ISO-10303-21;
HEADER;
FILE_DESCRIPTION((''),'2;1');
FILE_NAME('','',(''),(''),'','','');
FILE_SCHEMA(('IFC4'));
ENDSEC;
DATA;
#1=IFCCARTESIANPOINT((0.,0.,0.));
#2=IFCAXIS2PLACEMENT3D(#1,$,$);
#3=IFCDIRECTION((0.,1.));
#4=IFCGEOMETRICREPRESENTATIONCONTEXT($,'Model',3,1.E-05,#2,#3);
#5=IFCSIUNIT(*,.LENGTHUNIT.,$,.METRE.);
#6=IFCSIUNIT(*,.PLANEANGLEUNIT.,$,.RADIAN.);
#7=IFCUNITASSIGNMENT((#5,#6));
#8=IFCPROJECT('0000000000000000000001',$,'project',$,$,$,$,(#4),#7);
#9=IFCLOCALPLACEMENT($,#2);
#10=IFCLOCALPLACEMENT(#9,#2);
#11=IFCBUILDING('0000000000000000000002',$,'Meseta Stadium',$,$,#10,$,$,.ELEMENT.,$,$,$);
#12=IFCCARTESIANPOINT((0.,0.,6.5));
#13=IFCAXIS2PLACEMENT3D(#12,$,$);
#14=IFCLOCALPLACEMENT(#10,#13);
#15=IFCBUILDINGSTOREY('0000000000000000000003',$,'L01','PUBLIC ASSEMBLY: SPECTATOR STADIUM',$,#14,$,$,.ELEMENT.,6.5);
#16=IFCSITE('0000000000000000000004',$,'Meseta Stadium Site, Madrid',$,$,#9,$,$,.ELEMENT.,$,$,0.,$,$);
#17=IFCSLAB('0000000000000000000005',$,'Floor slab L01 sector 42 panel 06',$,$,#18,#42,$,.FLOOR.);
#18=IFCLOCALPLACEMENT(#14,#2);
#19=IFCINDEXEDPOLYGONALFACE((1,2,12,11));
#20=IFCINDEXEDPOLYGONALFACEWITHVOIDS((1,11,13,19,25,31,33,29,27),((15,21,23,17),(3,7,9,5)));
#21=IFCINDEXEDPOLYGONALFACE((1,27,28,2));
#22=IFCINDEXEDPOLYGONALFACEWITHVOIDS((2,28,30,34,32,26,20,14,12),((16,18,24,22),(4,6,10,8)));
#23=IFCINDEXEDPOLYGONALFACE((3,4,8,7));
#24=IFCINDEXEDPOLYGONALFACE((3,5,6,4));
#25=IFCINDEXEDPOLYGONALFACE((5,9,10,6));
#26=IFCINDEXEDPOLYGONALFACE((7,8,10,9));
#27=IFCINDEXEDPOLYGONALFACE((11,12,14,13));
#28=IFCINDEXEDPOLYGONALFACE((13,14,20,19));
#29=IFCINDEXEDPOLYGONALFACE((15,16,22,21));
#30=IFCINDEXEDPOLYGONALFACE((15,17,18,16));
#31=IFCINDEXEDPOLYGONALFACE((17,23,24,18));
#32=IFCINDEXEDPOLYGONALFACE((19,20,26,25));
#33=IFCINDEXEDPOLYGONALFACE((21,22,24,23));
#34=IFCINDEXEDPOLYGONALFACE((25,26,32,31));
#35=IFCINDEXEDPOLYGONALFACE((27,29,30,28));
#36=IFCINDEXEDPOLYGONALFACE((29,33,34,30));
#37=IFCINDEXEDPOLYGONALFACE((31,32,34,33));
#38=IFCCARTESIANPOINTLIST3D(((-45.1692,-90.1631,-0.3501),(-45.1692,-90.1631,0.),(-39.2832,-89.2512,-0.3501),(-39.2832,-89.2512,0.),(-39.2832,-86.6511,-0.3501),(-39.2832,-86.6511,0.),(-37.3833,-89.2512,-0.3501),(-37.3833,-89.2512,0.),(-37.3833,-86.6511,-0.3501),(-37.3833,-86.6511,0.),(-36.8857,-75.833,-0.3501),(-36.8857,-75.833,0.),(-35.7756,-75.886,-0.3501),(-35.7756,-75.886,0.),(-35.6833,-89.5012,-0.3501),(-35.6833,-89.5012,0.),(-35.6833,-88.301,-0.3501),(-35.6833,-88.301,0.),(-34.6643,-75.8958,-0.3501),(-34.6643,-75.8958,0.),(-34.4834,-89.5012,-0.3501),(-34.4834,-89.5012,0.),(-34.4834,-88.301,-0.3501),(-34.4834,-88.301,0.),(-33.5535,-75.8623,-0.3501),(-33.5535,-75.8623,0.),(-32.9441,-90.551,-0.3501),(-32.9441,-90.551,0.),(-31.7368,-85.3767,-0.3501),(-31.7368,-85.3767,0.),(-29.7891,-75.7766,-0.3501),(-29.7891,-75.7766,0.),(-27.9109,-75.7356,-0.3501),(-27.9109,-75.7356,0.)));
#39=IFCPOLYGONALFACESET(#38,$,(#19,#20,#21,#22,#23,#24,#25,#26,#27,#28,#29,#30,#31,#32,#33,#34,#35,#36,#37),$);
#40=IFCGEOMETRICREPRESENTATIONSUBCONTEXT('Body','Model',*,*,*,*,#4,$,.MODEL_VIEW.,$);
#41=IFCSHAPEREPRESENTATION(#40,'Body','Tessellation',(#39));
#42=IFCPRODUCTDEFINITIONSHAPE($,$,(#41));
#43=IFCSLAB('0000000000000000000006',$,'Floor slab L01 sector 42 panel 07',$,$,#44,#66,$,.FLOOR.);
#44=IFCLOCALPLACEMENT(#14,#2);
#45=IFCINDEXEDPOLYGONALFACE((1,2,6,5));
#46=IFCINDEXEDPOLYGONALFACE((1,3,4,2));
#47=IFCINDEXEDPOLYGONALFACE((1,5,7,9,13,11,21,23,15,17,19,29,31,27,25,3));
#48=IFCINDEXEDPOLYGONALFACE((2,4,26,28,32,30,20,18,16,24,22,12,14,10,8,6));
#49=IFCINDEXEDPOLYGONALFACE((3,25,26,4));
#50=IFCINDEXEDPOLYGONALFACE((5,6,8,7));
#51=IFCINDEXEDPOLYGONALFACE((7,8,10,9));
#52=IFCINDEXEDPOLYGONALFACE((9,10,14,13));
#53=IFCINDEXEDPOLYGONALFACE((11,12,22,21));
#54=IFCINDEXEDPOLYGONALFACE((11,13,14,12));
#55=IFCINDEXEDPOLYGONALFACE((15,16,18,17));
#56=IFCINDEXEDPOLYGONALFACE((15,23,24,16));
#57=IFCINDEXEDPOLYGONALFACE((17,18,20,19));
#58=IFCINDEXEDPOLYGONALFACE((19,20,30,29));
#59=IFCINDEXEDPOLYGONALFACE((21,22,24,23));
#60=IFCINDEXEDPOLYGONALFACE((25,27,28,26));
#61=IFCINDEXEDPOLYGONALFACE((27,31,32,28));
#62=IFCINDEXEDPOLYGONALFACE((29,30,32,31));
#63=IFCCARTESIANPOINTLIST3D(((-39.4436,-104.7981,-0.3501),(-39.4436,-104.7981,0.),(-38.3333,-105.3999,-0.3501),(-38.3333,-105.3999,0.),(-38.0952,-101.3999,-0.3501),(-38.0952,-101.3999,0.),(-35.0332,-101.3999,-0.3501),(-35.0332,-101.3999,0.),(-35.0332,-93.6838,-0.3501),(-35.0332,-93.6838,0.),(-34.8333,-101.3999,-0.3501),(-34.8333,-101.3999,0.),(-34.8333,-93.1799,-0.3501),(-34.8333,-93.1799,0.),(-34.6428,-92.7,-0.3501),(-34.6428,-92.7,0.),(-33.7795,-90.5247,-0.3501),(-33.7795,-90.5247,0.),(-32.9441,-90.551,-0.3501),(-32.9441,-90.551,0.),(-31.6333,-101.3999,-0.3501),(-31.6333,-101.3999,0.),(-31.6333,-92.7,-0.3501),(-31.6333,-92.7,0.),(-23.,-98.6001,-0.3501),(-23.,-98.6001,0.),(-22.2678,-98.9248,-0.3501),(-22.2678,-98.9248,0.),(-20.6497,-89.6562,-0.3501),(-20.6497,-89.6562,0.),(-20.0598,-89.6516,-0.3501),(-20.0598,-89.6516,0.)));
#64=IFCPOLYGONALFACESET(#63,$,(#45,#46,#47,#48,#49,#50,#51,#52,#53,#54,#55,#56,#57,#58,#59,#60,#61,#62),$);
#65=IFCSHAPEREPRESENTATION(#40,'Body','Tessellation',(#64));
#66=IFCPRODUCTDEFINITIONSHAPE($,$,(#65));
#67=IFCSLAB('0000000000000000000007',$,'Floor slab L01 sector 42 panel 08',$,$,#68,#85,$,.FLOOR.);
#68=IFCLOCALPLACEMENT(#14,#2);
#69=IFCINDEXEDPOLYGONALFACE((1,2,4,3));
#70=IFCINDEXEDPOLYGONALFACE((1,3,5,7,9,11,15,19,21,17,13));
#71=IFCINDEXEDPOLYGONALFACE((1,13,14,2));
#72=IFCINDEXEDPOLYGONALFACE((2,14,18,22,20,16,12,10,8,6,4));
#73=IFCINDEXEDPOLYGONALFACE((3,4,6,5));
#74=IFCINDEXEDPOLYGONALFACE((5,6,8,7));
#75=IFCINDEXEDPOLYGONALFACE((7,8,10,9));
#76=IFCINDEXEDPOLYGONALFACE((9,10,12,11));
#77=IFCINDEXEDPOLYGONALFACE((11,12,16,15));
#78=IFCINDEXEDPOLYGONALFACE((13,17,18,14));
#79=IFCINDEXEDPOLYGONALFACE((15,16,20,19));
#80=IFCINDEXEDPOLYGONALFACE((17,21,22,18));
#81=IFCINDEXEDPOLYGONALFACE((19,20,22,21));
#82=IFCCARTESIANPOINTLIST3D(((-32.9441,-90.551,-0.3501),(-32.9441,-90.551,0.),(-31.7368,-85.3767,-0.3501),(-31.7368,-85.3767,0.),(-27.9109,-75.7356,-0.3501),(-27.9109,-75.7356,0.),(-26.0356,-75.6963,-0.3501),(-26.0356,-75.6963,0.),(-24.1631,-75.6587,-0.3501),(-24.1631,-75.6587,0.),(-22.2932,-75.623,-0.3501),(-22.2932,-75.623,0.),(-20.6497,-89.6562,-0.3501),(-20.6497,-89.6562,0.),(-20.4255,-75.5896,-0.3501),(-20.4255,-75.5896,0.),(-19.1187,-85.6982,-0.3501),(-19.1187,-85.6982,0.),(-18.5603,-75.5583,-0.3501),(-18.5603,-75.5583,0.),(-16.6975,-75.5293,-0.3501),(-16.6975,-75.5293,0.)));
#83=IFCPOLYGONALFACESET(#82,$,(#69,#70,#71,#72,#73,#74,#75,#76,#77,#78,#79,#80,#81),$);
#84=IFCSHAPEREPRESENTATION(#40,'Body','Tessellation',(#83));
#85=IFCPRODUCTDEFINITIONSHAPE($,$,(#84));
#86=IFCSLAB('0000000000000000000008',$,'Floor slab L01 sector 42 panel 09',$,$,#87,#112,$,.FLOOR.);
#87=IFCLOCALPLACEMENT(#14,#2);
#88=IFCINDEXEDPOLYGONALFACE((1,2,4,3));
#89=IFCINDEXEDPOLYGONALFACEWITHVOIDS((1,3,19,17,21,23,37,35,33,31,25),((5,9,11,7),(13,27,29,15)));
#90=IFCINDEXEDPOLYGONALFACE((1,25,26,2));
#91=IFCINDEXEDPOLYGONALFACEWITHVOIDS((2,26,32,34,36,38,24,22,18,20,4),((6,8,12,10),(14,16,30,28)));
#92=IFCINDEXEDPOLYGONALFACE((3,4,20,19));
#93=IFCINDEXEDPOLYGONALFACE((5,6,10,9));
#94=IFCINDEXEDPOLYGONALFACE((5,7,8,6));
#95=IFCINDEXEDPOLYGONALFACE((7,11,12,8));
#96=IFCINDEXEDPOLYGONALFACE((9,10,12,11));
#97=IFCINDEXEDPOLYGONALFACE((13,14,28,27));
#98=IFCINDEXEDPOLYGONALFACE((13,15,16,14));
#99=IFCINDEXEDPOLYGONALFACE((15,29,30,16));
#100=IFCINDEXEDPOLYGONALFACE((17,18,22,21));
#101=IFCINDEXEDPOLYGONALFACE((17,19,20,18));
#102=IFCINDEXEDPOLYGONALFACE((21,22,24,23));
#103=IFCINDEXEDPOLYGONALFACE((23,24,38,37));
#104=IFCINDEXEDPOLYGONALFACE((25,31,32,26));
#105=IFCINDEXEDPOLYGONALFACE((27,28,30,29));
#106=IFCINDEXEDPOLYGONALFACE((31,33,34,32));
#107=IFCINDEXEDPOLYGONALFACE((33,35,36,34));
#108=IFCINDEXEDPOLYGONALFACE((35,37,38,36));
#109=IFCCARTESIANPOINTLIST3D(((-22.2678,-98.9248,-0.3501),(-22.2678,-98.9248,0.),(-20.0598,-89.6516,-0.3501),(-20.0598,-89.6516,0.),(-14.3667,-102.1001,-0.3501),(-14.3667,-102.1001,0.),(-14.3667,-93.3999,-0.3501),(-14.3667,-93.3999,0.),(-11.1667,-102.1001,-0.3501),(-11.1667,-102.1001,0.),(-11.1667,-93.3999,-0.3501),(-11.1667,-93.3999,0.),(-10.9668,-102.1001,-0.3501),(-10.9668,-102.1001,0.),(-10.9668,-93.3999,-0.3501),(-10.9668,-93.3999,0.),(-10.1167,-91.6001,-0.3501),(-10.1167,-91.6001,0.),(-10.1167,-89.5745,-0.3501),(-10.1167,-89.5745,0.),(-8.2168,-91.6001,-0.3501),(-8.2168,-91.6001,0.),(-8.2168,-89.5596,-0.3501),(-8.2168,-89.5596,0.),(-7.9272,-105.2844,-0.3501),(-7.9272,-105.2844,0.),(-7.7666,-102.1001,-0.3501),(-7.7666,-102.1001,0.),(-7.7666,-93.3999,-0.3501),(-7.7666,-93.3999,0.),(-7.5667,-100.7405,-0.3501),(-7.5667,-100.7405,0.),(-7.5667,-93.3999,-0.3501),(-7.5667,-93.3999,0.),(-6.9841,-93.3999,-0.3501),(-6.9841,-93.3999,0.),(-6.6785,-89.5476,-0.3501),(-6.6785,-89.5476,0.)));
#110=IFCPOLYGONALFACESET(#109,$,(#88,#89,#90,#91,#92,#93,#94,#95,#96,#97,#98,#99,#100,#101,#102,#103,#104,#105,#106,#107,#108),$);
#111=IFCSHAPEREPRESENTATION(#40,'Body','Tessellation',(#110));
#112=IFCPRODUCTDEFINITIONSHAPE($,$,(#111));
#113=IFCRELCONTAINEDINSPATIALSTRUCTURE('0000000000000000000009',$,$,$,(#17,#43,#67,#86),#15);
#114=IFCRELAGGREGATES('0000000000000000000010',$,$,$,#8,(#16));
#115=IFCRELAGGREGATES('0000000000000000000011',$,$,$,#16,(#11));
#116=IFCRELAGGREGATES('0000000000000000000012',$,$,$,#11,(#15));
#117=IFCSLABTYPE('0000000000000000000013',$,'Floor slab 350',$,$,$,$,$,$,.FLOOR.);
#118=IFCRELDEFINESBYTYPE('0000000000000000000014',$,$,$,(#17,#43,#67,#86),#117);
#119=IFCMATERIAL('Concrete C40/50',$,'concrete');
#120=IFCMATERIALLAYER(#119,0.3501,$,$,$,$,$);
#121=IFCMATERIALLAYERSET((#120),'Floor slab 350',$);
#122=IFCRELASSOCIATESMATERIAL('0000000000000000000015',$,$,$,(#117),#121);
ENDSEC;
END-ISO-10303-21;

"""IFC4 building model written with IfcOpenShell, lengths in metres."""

from ifc_helpers import new_model, si_unit, direction, frame, origin, place, context, subcontext, project, spatial, polyline, outline, extrude, material, layer, layer_set, type_object, element, save


model = new_model("IFC4")

# Units and contexts
model_context = context("Model", 3, precision=1e-05, world=origin(), true_north=direction((0.0, 1.0)))
body_context = subcontext(model_context, "Body", "Model", "MODEL_VIEW")
ifc_project = project(units=[si_unit("LENGTHUNIT", "METRE"), si_unit("PLANEANGLEUNIT", "RADIAN")], contexts=[model_context])

# Site, building, storey
site_placement = place(None, origin())
site = spatial("IfcSite", under=ifc_project, at=site_placement, Name="Meseta Stadium Site, Madrid", CompositionType="ELEMENT", RefElevation=0.0)
building_placement = place(site_placement, origin())
building = spatial("IfcBuilding", under=site, at=building_placement, Name="Meseta Stadium", CompositionType="ELEMENT")
storey_placement = place(building_placement, frame((0.0, 0.0, 6.5)))
storey = spatial("IfcBuildingStorey", under=building, at=storey_placement, Name="L01", Description="PUBLIC ASSEMBLY: SPECTATOR STADIUM", CompositionType="ELEMENT", Elevation=6.5)

# Slabs
ifc_material = material(Name="Concrete C40/50", Category="concrete")
ifc_layer = layer(ifc_material, 0.3501)
ifc_layer_set = layer_set([ifc_layer], Name="Floor slab 350")
slab_type = type_object("IfcSlabType", Name="Floor slab 350", PredefinedType="FLOOR", material=ifc_layer_set)
slab_1_placement = place(storey_placement, frame((0.0, 0.0, -0.3501)))
element("IfcSlab", 1, at=slab_1_placement, inside=storey, type_object=slab_type, Name="Floor slab L01 sector 42 panel 06", PredefinedType="FLOOR", context=body_context, shape_type="SweptSolid", body=[
    extrude(outline(polyline([(-36.8857, -75.833), (-45.1692, -90.1631), (-32.9441, -90.551), (-31.7368, -85.3767), (-27.9109, -75.7356), (-29.7891, -75.7766), (-33.5535, -75.8623), (-34.6643, -75.8958), (-35.7756, -75.886), (-36.8857, -75.833)]), holes=[polyline([(-37.3833, -89.2512), (-39.2832, -89.2512), (-39.2832, -86.6511), (-37.3833, -86.6511), (-37.3833, -89.2512)]), polyline([(-35.6833, -88.301), (-34.4834, -88.301), (-34.4834, -89.5012), (-35.6833, -89.5012), (-35.6833, -88.301)])]), origin(), (0.0, 0.0, 1.0), 0.3501),
])
slab_2_placement = place(storey_placement, frame((0.0, 0.0, -0.3501)))
element("IfcSlab", 2, at=slab_2_placement, inside=storey, type_object=slab_type, Name="Floor slab L01 sector 42 panel 07", PredefinedType="FLOOR", context=body_context, shape_type="SweptSolid", body=[
    extrude(outline(polyline([(-35.0332, -93.6838), (-35.0332, -101.3999), (-38.0952, -101.3999), (-39.4436, -104.7981), (-38.3333, -105.3999), (-23.0, -98.6001), (-22.2678, -98.9248), (-20.0598, -89.6516), (-20.6497, -89.6562), (-32.9441, -90.551), (-33.7795, -90.5247), (-34.6428, -92.7), (-31.6333, -92.7), (-31.6333, -101.3999), (-34.8333, -101.3999), (-34.8333, -93.1799), (-35.0332, -93.6838)])), origin(), (0.0, 0.0, 1.0), 0.3501),
])
slab_3_placement = place(storey_placement, frame((0.0, 0.0, -0.3501)))
element("IfcSlab", 3, at=slab_3_placement, inside=storey, type_object=slab_type, Name="Floor slab L01 sector 42 panel 08", PredefinedType="FLOOR", context=body_context, shape_type="SweptSolid", body=[
    extrude(outline(polyline([(-20.6497, -89.6562), (-19.1187, -85.6982), (-16.6975, -75.5293), (-18.5603, -75.5583), (-20.4255, -75.5896), (-22.2932, -75.623), (-24.1631, -75.6587), (-26.0356, -75.6963), (-27.9109, -75.7356), (-31.7368, -85.3767), (-32.9441, -90.551), (-20.6497, -89.6562)])), origin(), (0.0, 0.0, 1.0), 0.3501),
])
slab_4_placement = place(storey_placement, frame((0.0, 0.0, -0.3501)))
element("IfcSlab", 4, at=slab_4_placement, inside=storey, type_object=slab_type, Name="Floor slab L01 sector 42 panel 09", PredefinedType="FLOOR", context=body_context, shape_type="SweptSolid", body=[
    extrude(outline(polyline([(-20.0598, -89.6516), (-22.2678, -98.9248), (-7.9272, -105.2844), (-7.5667, -100.7405), (-7.5667, -93.3999), (-6.9841, -93.3999), (-6.6785, -89.5476), (-8.2168, -89.5596), (-8.2168, -91.6001), (-10.1167, -91.6001), (-10.1167, -89.5745), (-20.0598, -89.6516)]), holes=[polyline([(-10.9668, -93.3999), (-7.7666, -93.3999), (-7.7666, -102.1001), (-10.9668, -102.1001), (-10.9668, -93.3999)]), polyline([(-14.3667, -93.3999), (-11.1667, -93.3999), (-11.1667, -102.1001), (-14.3667, -102.1001), (-14.3667, -93.3999)])]), origin(), (0.0, 0.0, 1.0), 0.3501),
])

save(model, "model.ifc")
